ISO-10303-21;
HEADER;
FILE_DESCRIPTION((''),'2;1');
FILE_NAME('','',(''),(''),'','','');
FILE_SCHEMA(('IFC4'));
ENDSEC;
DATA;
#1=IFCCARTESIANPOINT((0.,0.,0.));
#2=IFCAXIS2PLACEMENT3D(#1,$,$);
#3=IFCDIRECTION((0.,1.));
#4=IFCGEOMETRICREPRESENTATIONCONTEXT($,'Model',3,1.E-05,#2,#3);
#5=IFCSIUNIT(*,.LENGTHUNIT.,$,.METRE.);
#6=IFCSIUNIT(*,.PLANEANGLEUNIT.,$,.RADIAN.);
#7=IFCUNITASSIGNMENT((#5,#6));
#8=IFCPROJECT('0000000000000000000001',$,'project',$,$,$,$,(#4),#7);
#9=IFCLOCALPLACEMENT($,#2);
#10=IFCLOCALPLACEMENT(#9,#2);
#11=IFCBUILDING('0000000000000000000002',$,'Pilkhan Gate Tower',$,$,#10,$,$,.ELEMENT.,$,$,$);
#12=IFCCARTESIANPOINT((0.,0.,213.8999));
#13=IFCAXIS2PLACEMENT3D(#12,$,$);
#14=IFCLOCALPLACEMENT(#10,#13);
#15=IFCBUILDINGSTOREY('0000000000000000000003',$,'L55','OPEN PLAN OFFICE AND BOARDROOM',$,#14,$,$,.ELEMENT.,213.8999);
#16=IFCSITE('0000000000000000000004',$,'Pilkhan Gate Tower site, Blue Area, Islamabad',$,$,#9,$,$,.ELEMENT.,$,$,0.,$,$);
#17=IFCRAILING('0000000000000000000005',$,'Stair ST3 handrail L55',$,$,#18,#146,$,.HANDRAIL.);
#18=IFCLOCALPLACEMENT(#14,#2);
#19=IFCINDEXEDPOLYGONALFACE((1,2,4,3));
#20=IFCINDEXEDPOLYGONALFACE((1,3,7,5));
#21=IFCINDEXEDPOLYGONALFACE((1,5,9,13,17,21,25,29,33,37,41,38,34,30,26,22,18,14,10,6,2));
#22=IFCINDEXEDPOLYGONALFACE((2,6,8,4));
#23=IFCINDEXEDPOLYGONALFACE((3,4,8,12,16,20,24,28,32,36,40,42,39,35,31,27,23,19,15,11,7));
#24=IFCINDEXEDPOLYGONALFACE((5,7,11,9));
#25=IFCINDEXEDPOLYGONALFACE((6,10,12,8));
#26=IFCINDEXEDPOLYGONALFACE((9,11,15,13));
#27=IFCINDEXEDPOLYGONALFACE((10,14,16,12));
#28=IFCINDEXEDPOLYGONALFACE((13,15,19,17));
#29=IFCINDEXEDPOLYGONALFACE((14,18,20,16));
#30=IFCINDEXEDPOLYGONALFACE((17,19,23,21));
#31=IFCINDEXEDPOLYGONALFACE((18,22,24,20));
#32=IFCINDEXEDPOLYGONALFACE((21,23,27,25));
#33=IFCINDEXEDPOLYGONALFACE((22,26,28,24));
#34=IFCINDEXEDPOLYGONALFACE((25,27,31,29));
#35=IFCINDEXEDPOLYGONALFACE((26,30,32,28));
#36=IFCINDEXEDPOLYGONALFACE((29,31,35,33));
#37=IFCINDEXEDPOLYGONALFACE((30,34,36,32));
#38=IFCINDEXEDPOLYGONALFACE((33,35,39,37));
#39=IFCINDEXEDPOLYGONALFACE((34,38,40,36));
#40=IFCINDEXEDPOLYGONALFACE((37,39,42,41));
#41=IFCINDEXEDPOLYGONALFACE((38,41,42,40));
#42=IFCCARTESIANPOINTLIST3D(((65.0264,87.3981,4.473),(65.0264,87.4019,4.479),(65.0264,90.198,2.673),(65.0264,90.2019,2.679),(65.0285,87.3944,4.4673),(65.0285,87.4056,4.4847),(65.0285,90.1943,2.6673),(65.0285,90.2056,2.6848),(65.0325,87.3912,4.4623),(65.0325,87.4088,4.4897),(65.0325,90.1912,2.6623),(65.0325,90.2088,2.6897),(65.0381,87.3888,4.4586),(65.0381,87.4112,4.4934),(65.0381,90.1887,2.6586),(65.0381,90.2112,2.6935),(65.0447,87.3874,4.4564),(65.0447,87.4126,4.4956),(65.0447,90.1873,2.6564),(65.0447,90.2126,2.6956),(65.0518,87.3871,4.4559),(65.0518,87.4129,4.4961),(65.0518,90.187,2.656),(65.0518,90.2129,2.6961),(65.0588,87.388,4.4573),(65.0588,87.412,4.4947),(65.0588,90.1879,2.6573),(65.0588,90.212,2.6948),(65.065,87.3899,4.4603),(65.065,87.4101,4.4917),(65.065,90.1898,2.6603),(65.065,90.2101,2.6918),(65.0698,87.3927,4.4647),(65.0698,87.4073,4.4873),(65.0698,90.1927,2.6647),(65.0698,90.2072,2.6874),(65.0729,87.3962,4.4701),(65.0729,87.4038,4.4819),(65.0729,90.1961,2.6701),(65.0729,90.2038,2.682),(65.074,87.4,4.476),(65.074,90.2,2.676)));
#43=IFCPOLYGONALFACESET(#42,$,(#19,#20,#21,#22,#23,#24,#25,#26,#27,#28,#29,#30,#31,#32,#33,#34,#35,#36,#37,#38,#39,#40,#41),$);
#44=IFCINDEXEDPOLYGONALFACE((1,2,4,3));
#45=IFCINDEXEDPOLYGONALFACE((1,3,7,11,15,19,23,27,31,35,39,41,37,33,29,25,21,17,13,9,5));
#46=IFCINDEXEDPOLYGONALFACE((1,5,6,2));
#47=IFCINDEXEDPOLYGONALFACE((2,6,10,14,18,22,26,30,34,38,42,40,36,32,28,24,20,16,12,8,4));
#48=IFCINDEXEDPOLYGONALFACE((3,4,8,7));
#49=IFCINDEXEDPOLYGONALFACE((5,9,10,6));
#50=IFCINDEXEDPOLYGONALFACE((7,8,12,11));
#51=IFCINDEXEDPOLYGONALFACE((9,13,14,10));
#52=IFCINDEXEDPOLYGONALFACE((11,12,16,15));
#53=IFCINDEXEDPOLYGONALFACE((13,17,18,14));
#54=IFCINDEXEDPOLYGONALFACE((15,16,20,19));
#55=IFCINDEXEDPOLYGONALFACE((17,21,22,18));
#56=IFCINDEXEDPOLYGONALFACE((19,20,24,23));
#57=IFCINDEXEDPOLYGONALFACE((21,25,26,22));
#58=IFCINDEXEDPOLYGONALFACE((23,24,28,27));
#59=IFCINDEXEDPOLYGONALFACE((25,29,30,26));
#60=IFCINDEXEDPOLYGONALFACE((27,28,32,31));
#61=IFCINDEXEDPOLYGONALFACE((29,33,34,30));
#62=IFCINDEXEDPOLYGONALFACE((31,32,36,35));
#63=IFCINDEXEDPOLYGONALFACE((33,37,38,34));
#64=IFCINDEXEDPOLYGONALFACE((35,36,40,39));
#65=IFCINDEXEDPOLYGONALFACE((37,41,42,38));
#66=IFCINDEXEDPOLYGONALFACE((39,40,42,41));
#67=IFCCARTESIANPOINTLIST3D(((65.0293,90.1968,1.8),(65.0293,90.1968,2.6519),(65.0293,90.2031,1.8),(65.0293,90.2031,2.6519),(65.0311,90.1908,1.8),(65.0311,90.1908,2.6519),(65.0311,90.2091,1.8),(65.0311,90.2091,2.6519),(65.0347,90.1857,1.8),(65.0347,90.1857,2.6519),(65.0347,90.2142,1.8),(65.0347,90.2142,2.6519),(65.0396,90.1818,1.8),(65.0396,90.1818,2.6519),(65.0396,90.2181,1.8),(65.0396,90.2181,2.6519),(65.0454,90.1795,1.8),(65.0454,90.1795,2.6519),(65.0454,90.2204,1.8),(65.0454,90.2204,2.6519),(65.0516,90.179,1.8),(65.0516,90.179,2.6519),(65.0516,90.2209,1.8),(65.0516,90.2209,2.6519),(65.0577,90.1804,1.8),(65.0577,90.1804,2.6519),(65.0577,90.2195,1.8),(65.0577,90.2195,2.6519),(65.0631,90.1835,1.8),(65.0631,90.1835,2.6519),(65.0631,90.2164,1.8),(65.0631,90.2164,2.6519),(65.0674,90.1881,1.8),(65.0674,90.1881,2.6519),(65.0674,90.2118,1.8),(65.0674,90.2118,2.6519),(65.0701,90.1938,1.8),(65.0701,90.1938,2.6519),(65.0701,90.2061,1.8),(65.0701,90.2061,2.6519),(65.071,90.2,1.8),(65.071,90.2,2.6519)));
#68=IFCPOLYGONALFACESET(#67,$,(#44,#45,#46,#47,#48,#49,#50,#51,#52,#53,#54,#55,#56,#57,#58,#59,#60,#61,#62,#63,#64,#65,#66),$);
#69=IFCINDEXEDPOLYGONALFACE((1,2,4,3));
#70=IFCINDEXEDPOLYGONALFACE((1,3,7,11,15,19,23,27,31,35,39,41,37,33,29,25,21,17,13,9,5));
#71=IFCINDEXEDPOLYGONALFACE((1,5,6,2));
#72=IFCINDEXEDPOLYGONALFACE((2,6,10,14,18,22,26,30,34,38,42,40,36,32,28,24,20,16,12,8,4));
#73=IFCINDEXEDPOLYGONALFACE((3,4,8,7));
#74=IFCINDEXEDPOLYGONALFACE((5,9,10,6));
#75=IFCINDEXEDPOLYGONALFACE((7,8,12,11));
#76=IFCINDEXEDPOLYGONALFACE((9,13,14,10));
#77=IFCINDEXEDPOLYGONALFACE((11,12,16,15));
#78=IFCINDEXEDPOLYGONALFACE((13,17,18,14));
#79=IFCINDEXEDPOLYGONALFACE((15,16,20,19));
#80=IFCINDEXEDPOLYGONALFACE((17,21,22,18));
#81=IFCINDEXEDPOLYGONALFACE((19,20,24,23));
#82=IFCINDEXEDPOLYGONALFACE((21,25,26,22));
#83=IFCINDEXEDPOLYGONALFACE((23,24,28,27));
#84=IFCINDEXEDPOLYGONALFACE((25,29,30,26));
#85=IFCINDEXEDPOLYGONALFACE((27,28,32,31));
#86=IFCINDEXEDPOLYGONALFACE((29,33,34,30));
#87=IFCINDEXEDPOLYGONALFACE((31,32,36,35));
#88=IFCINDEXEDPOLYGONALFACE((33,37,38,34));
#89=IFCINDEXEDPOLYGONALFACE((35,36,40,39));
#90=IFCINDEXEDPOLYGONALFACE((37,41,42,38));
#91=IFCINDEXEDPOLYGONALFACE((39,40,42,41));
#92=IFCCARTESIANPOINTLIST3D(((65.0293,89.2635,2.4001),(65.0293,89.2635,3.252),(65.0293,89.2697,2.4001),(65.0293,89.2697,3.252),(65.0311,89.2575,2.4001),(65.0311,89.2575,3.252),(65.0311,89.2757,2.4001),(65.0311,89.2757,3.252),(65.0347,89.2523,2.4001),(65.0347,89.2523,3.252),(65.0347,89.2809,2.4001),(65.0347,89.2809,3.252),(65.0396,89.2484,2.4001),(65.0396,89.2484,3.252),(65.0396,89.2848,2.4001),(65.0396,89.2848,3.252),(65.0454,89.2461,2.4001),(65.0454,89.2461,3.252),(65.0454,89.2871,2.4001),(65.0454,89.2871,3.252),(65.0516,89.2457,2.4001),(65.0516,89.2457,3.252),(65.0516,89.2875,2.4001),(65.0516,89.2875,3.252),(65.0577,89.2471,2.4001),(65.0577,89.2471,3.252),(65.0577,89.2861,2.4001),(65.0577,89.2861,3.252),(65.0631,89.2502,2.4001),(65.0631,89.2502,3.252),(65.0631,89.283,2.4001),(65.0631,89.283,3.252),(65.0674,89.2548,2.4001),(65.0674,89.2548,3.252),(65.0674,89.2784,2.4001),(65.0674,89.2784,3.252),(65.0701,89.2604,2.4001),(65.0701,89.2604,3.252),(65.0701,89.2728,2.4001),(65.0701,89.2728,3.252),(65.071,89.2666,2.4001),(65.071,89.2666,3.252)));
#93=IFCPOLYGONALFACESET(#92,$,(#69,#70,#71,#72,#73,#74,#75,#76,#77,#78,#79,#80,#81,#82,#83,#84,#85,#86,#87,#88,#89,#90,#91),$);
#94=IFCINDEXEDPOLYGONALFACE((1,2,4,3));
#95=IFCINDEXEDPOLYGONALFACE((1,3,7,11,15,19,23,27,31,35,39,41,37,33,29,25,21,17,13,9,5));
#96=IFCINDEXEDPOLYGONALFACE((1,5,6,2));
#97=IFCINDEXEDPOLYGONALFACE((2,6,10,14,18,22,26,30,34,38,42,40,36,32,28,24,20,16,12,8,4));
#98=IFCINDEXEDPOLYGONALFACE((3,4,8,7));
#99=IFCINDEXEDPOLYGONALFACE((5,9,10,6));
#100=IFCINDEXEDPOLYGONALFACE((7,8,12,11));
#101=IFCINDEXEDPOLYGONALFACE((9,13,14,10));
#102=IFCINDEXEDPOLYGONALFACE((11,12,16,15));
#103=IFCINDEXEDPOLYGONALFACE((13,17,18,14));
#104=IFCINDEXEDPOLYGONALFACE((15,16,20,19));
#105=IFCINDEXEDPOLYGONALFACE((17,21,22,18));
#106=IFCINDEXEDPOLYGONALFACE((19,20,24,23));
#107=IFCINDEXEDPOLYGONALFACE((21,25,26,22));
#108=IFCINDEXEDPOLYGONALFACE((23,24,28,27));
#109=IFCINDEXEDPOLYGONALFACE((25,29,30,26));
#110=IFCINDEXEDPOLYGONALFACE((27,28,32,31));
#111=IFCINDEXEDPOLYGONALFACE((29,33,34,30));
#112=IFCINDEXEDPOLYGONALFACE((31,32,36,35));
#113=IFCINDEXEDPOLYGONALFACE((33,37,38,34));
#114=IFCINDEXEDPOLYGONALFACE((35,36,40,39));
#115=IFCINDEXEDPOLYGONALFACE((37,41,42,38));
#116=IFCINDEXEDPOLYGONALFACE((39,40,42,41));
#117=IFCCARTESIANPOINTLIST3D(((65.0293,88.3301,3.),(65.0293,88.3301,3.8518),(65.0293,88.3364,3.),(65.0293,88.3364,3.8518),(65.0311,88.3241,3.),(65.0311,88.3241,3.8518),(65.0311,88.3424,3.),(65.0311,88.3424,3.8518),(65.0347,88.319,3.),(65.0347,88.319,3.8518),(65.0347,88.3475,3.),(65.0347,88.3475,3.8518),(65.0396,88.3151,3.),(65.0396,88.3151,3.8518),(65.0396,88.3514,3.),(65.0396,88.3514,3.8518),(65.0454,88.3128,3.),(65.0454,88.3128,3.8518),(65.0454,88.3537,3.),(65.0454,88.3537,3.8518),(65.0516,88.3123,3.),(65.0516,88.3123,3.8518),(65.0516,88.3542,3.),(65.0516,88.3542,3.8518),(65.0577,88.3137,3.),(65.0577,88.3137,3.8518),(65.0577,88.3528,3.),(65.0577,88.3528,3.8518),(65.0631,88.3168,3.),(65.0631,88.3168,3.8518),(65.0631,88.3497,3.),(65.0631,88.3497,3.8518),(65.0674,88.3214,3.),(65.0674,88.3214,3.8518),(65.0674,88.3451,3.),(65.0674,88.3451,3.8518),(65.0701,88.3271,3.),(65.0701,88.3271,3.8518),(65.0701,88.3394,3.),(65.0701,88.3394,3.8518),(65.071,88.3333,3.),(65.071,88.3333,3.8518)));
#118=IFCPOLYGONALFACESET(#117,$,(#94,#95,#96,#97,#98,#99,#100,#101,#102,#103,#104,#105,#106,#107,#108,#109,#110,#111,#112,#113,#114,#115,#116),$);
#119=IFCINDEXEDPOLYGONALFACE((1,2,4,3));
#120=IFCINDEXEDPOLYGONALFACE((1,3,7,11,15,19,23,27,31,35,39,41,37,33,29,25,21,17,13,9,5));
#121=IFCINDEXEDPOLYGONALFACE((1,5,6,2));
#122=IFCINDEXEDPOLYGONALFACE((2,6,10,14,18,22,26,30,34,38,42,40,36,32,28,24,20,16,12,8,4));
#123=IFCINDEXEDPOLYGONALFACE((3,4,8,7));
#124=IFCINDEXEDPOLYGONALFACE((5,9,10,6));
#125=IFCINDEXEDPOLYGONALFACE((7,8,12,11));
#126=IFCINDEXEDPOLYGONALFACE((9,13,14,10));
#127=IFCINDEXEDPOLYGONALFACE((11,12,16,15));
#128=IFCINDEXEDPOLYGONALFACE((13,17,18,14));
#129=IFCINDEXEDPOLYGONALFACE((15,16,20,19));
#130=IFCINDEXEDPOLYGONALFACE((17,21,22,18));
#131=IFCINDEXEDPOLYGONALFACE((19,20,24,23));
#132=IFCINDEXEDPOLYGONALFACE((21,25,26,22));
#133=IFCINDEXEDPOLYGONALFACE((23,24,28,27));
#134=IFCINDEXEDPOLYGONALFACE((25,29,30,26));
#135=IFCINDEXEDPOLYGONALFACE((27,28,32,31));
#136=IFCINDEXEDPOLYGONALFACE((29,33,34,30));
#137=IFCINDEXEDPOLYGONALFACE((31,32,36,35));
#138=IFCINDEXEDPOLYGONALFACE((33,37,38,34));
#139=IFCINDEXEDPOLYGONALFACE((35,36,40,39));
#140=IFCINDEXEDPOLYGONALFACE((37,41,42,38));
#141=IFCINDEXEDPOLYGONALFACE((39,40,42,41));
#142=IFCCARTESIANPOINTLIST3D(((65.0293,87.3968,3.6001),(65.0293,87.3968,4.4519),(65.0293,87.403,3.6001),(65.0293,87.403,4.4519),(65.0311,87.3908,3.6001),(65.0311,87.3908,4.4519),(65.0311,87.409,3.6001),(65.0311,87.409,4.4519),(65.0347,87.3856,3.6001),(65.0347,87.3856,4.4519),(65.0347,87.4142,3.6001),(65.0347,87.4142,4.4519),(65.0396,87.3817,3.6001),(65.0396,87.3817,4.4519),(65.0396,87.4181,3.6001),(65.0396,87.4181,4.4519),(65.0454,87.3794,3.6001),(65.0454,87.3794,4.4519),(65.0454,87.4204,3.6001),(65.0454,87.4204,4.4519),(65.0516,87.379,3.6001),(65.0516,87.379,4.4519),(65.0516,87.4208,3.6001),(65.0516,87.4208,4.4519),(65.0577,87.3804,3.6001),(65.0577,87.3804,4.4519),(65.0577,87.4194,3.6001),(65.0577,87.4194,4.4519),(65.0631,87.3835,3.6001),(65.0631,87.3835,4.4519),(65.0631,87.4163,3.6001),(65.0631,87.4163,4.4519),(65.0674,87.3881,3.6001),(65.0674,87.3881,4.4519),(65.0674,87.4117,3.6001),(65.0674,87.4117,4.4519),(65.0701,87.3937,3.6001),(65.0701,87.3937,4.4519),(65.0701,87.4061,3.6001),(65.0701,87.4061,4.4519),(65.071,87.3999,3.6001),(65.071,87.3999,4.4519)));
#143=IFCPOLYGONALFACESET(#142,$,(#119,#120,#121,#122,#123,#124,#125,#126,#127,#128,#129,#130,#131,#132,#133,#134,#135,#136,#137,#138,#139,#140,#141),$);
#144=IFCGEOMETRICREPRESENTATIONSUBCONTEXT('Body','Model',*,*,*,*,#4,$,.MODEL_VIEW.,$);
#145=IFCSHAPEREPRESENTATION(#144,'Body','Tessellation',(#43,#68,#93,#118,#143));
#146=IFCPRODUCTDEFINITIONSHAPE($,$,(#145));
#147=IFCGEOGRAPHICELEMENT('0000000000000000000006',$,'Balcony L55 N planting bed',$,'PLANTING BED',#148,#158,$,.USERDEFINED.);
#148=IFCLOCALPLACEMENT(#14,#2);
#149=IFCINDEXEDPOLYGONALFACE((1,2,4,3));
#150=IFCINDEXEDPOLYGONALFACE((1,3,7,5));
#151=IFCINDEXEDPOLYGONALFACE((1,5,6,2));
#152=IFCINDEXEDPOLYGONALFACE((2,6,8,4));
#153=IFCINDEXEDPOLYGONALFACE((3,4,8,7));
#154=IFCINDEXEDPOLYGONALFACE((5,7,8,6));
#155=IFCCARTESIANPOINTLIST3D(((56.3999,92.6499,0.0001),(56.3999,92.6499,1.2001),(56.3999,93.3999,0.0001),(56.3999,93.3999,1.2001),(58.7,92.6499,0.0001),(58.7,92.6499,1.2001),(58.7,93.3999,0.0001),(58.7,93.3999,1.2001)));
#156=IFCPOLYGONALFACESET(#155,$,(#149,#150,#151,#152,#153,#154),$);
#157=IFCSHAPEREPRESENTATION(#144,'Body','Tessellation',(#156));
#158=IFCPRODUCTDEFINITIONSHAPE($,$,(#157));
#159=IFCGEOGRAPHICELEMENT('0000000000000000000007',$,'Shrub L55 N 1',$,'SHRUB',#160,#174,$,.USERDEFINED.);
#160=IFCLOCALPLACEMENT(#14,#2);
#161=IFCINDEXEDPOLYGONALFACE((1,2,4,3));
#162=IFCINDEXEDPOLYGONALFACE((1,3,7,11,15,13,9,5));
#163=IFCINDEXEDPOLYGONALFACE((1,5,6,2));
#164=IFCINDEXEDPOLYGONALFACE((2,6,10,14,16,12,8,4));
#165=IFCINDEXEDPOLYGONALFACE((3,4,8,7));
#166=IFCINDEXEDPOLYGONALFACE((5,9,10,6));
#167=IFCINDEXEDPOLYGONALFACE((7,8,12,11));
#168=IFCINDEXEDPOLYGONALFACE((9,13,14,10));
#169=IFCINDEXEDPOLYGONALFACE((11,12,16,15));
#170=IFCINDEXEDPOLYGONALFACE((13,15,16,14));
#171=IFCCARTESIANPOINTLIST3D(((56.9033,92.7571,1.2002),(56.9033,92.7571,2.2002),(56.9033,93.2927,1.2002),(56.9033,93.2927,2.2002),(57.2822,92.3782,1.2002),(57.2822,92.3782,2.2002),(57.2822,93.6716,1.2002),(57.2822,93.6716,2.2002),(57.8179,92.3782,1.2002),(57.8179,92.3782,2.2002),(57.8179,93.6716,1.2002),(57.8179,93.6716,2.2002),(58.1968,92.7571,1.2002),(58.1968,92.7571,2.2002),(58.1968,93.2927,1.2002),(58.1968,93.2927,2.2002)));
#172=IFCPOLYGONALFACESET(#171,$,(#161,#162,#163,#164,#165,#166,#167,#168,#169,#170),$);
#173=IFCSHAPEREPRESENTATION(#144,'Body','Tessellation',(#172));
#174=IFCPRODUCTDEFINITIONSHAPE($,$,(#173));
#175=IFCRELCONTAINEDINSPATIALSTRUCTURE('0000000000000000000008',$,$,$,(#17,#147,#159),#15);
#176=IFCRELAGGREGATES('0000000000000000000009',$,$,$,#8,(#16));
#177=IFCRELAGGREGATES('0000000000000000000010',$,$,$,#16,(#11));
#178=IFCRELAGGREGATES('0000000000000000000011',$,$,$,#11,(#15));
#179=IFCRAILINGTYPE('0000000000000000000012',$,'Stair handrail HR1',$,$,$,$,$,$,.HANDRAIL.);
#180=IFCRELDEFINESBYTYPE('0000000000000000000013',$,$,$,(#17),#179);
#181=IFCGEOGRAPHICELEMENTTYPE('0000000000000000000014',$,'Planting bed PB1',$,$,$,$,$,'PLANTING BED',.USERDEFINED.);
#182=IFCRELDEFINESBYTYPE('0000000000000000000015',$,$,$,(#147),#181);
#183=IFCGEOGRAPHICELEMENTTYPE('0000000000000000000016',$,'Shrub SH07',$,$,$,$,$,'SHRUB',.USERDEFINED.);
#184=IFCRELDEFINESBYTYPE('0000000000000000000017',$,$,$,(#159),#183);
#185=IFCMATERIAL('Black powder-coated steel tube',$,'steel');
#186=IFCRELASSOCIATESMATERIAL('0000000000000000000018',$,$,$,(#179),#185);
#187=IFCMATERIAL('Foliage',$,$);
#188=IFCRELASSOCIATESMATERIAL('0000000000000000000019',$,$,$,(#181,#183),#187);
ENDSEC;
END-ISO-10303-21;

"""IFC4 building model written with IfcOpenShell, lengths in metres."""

from ifc_helpers import new_model, si_unit, direction, frame, origin, origin_2d, place, context, subcontext, project, spatial, polyline, rectangle, circle, outline, extrude, material, material_profile, profile_set, type_object, element, save


model = new_model("IFC4")

# Units and contexts
model_context = context("Model", 3, precision=1e-05, world=origin(), true_north=direction((0.0, 1.0)))
body_context = subcontext(model_context, "Body", "Model", "MODEL_VIEW")
ifc_project = project(units=[si_unit("LENGTHUNIT", "METRE"), si_unit("PLANEANGLEUNIT", "RADIAN")], contexts=[model_context])

# Site, building, storey
site_placement = place(None, origin())
site = spatial("IfcSite", under=ifc_project, at=site_placement, Name="Pilkhan Gate Tower site, Blue Area, Islamabad", CompositionType="ELEMENT", RefElevation=0.0)
building_placement = place(site_placement, origin())
building = spatial("IfcBuilding", under=site, at=building_placement, Name="Pilkhan Gate Tower", CompositionType="ELEMENT")
storey_placement = place(building_placement, frame((0.0, 0.0, 213.8999)))
storey = spatial("IfcBuildingStorey", under=building, at=storey_placement, Name="L55", Description="OPEN PLAN OFFICE AND BOARDROOM", CompositionType="ELEMENT", Elevation=213.8999)

# Railing
ifc_material_1 = material(Name="Black powder-coated steel tube", Category="steel")
railing_type_1 = type_object("IfcRailingType", Name="Stair handrail HR1", PredefinedType="HANDRAIL", material=ifc_material_1)
railing_1_placement = place(storey_placement, frame((65.05, 90.2, 1.8)))
element("IfcRailing", 1, at=railing_1_placement, inside=storey, type_object=railing_type_1, Name="Stair ST3 handrail L55", PredefinedType="HANDRAIL", context=body_context, shape_type="SweptSolid", body=[
    extrude(circle(Radius=0.0239, at=origin_2d()), frame((0.0, 0.0, 0.876), z_axis=(0.0, -0.841176, 0.540761), x_axis=(1.0, 0.0, 0.0)), (0.0, 0.0, 1.0), 3.3286),
    extrude(circle(Radius=0.021, at=origin_2d()), origin(), (0.0, 0.0, 1.0), 0.8518),
    extrude(circle(Radius=0.021, at=origin_2d()), frame((0.0, -0.9333, 0.6001)), (0.0, 0.0, 1.0), 0.8518),
    extrude(circle(Radius=0.021, at=origin_2d()), frame((0.0, -1.8667, 1.2)), (0.0, 0.0, 1.0), 0.8518),
    extrude(circle(Radius=0.021, at=origin_2d()), frame((0.0, -2.8, 1.8)), (0.0, 0.0, 1.0), 0.8518),
])

# Geographic elements
ifc_material_2 = material(Name="Foliage")
ifc_material_profile_1 = material_profile(ifc_material_2, rectangle(XDim=0.75, YDim=1.2, at=origin_2d()), Name="Bed 750x1200")
ifc_profile_set_1 = profile_set([ifc_material_profile_1], Name="Foliage")
geographic_element_type_1 = type_object("IfcGeographicElementType", Name="Planting bed PB1", ElementType="PLANTING BED", PredefinedType="USERDEFINED", material=ifc_profile_set_1)
geographic_element_1_placement = place(storey_placement, frame((56.3999, 93.0249, 0.6001), z_axis=(1.0, 0.0, 0.0), x_axis=(0.0, 1.0, 0.0)))
element("IfcGeographicElement", 2, at=geographic_element_1_placement, inside=storey, type_object=geographic_element_type_1, Name="Balcony L55 N planting bed", ObjectType="PLANTING BED", PredefinedType="USERDEFINED", context=body_context, shape_type="SweptSolid", body=[
    extrude(rectangle(XDim=0.75, YDim=1.2, at=origin_2d()), origin(), (0.0, 0.0, 1.0), 2.3),
])
ifc_material_profile_2 = material_profile(ifc_material_2, outline(polyline([(0.6467, 0.2678), (0.2678, 0.6467), (-0.2678, 0.6467), (-0.6467, 0.2678), (-0.6467, -0.2678), (-0.2678, -0.6467), (0.2678, -0.6467), (0.6467, -0.2678), (0.6467, 0.2678)])), Name="Shrub D1.4")
ifc_profile_set_2 = profile_set([ifc_material_profile_2], Name="Foliage")
geographic_element_type_2 = type_object("IfcGeographicElementType", Name="Shrub SH07", ElementType="SHRUB", PredefinedType="USERDEFINED", material=ifc_profile_set_2)
geographic_element_2_placement = place(storey_placement, frame((57.55, 93.0249, 1.2002), z_axis=(0.0, 0.0, 1.0), x_axis=(1.0, 0.0, 0.0)))
element("IfcGeographicElement", 3, at=geographic_element_2_placement, inside=storey, type_object=geographic_element_type_2, Name="Shrub L55 N 1", ObjectType="SHRUB", PredefinedType="USERDEFINED", context=body_context, shape_type="SweptSolid", body=[
    extrude(outline(polyline([(0.6467, 0.2678), (0.2678, 0.6467), (-0.2678, 0.6467), (-0.6467, 0.2678), (-0.6467, -0.2678), (-0.2678, -0.6467), (0.2678, -0.6467), (0.6467, -0.2678), (0.6467, 0.2678)])), origin(), (0.0, 0.0, 1.0), 1.0),
])

save(model, "model.ifc")
